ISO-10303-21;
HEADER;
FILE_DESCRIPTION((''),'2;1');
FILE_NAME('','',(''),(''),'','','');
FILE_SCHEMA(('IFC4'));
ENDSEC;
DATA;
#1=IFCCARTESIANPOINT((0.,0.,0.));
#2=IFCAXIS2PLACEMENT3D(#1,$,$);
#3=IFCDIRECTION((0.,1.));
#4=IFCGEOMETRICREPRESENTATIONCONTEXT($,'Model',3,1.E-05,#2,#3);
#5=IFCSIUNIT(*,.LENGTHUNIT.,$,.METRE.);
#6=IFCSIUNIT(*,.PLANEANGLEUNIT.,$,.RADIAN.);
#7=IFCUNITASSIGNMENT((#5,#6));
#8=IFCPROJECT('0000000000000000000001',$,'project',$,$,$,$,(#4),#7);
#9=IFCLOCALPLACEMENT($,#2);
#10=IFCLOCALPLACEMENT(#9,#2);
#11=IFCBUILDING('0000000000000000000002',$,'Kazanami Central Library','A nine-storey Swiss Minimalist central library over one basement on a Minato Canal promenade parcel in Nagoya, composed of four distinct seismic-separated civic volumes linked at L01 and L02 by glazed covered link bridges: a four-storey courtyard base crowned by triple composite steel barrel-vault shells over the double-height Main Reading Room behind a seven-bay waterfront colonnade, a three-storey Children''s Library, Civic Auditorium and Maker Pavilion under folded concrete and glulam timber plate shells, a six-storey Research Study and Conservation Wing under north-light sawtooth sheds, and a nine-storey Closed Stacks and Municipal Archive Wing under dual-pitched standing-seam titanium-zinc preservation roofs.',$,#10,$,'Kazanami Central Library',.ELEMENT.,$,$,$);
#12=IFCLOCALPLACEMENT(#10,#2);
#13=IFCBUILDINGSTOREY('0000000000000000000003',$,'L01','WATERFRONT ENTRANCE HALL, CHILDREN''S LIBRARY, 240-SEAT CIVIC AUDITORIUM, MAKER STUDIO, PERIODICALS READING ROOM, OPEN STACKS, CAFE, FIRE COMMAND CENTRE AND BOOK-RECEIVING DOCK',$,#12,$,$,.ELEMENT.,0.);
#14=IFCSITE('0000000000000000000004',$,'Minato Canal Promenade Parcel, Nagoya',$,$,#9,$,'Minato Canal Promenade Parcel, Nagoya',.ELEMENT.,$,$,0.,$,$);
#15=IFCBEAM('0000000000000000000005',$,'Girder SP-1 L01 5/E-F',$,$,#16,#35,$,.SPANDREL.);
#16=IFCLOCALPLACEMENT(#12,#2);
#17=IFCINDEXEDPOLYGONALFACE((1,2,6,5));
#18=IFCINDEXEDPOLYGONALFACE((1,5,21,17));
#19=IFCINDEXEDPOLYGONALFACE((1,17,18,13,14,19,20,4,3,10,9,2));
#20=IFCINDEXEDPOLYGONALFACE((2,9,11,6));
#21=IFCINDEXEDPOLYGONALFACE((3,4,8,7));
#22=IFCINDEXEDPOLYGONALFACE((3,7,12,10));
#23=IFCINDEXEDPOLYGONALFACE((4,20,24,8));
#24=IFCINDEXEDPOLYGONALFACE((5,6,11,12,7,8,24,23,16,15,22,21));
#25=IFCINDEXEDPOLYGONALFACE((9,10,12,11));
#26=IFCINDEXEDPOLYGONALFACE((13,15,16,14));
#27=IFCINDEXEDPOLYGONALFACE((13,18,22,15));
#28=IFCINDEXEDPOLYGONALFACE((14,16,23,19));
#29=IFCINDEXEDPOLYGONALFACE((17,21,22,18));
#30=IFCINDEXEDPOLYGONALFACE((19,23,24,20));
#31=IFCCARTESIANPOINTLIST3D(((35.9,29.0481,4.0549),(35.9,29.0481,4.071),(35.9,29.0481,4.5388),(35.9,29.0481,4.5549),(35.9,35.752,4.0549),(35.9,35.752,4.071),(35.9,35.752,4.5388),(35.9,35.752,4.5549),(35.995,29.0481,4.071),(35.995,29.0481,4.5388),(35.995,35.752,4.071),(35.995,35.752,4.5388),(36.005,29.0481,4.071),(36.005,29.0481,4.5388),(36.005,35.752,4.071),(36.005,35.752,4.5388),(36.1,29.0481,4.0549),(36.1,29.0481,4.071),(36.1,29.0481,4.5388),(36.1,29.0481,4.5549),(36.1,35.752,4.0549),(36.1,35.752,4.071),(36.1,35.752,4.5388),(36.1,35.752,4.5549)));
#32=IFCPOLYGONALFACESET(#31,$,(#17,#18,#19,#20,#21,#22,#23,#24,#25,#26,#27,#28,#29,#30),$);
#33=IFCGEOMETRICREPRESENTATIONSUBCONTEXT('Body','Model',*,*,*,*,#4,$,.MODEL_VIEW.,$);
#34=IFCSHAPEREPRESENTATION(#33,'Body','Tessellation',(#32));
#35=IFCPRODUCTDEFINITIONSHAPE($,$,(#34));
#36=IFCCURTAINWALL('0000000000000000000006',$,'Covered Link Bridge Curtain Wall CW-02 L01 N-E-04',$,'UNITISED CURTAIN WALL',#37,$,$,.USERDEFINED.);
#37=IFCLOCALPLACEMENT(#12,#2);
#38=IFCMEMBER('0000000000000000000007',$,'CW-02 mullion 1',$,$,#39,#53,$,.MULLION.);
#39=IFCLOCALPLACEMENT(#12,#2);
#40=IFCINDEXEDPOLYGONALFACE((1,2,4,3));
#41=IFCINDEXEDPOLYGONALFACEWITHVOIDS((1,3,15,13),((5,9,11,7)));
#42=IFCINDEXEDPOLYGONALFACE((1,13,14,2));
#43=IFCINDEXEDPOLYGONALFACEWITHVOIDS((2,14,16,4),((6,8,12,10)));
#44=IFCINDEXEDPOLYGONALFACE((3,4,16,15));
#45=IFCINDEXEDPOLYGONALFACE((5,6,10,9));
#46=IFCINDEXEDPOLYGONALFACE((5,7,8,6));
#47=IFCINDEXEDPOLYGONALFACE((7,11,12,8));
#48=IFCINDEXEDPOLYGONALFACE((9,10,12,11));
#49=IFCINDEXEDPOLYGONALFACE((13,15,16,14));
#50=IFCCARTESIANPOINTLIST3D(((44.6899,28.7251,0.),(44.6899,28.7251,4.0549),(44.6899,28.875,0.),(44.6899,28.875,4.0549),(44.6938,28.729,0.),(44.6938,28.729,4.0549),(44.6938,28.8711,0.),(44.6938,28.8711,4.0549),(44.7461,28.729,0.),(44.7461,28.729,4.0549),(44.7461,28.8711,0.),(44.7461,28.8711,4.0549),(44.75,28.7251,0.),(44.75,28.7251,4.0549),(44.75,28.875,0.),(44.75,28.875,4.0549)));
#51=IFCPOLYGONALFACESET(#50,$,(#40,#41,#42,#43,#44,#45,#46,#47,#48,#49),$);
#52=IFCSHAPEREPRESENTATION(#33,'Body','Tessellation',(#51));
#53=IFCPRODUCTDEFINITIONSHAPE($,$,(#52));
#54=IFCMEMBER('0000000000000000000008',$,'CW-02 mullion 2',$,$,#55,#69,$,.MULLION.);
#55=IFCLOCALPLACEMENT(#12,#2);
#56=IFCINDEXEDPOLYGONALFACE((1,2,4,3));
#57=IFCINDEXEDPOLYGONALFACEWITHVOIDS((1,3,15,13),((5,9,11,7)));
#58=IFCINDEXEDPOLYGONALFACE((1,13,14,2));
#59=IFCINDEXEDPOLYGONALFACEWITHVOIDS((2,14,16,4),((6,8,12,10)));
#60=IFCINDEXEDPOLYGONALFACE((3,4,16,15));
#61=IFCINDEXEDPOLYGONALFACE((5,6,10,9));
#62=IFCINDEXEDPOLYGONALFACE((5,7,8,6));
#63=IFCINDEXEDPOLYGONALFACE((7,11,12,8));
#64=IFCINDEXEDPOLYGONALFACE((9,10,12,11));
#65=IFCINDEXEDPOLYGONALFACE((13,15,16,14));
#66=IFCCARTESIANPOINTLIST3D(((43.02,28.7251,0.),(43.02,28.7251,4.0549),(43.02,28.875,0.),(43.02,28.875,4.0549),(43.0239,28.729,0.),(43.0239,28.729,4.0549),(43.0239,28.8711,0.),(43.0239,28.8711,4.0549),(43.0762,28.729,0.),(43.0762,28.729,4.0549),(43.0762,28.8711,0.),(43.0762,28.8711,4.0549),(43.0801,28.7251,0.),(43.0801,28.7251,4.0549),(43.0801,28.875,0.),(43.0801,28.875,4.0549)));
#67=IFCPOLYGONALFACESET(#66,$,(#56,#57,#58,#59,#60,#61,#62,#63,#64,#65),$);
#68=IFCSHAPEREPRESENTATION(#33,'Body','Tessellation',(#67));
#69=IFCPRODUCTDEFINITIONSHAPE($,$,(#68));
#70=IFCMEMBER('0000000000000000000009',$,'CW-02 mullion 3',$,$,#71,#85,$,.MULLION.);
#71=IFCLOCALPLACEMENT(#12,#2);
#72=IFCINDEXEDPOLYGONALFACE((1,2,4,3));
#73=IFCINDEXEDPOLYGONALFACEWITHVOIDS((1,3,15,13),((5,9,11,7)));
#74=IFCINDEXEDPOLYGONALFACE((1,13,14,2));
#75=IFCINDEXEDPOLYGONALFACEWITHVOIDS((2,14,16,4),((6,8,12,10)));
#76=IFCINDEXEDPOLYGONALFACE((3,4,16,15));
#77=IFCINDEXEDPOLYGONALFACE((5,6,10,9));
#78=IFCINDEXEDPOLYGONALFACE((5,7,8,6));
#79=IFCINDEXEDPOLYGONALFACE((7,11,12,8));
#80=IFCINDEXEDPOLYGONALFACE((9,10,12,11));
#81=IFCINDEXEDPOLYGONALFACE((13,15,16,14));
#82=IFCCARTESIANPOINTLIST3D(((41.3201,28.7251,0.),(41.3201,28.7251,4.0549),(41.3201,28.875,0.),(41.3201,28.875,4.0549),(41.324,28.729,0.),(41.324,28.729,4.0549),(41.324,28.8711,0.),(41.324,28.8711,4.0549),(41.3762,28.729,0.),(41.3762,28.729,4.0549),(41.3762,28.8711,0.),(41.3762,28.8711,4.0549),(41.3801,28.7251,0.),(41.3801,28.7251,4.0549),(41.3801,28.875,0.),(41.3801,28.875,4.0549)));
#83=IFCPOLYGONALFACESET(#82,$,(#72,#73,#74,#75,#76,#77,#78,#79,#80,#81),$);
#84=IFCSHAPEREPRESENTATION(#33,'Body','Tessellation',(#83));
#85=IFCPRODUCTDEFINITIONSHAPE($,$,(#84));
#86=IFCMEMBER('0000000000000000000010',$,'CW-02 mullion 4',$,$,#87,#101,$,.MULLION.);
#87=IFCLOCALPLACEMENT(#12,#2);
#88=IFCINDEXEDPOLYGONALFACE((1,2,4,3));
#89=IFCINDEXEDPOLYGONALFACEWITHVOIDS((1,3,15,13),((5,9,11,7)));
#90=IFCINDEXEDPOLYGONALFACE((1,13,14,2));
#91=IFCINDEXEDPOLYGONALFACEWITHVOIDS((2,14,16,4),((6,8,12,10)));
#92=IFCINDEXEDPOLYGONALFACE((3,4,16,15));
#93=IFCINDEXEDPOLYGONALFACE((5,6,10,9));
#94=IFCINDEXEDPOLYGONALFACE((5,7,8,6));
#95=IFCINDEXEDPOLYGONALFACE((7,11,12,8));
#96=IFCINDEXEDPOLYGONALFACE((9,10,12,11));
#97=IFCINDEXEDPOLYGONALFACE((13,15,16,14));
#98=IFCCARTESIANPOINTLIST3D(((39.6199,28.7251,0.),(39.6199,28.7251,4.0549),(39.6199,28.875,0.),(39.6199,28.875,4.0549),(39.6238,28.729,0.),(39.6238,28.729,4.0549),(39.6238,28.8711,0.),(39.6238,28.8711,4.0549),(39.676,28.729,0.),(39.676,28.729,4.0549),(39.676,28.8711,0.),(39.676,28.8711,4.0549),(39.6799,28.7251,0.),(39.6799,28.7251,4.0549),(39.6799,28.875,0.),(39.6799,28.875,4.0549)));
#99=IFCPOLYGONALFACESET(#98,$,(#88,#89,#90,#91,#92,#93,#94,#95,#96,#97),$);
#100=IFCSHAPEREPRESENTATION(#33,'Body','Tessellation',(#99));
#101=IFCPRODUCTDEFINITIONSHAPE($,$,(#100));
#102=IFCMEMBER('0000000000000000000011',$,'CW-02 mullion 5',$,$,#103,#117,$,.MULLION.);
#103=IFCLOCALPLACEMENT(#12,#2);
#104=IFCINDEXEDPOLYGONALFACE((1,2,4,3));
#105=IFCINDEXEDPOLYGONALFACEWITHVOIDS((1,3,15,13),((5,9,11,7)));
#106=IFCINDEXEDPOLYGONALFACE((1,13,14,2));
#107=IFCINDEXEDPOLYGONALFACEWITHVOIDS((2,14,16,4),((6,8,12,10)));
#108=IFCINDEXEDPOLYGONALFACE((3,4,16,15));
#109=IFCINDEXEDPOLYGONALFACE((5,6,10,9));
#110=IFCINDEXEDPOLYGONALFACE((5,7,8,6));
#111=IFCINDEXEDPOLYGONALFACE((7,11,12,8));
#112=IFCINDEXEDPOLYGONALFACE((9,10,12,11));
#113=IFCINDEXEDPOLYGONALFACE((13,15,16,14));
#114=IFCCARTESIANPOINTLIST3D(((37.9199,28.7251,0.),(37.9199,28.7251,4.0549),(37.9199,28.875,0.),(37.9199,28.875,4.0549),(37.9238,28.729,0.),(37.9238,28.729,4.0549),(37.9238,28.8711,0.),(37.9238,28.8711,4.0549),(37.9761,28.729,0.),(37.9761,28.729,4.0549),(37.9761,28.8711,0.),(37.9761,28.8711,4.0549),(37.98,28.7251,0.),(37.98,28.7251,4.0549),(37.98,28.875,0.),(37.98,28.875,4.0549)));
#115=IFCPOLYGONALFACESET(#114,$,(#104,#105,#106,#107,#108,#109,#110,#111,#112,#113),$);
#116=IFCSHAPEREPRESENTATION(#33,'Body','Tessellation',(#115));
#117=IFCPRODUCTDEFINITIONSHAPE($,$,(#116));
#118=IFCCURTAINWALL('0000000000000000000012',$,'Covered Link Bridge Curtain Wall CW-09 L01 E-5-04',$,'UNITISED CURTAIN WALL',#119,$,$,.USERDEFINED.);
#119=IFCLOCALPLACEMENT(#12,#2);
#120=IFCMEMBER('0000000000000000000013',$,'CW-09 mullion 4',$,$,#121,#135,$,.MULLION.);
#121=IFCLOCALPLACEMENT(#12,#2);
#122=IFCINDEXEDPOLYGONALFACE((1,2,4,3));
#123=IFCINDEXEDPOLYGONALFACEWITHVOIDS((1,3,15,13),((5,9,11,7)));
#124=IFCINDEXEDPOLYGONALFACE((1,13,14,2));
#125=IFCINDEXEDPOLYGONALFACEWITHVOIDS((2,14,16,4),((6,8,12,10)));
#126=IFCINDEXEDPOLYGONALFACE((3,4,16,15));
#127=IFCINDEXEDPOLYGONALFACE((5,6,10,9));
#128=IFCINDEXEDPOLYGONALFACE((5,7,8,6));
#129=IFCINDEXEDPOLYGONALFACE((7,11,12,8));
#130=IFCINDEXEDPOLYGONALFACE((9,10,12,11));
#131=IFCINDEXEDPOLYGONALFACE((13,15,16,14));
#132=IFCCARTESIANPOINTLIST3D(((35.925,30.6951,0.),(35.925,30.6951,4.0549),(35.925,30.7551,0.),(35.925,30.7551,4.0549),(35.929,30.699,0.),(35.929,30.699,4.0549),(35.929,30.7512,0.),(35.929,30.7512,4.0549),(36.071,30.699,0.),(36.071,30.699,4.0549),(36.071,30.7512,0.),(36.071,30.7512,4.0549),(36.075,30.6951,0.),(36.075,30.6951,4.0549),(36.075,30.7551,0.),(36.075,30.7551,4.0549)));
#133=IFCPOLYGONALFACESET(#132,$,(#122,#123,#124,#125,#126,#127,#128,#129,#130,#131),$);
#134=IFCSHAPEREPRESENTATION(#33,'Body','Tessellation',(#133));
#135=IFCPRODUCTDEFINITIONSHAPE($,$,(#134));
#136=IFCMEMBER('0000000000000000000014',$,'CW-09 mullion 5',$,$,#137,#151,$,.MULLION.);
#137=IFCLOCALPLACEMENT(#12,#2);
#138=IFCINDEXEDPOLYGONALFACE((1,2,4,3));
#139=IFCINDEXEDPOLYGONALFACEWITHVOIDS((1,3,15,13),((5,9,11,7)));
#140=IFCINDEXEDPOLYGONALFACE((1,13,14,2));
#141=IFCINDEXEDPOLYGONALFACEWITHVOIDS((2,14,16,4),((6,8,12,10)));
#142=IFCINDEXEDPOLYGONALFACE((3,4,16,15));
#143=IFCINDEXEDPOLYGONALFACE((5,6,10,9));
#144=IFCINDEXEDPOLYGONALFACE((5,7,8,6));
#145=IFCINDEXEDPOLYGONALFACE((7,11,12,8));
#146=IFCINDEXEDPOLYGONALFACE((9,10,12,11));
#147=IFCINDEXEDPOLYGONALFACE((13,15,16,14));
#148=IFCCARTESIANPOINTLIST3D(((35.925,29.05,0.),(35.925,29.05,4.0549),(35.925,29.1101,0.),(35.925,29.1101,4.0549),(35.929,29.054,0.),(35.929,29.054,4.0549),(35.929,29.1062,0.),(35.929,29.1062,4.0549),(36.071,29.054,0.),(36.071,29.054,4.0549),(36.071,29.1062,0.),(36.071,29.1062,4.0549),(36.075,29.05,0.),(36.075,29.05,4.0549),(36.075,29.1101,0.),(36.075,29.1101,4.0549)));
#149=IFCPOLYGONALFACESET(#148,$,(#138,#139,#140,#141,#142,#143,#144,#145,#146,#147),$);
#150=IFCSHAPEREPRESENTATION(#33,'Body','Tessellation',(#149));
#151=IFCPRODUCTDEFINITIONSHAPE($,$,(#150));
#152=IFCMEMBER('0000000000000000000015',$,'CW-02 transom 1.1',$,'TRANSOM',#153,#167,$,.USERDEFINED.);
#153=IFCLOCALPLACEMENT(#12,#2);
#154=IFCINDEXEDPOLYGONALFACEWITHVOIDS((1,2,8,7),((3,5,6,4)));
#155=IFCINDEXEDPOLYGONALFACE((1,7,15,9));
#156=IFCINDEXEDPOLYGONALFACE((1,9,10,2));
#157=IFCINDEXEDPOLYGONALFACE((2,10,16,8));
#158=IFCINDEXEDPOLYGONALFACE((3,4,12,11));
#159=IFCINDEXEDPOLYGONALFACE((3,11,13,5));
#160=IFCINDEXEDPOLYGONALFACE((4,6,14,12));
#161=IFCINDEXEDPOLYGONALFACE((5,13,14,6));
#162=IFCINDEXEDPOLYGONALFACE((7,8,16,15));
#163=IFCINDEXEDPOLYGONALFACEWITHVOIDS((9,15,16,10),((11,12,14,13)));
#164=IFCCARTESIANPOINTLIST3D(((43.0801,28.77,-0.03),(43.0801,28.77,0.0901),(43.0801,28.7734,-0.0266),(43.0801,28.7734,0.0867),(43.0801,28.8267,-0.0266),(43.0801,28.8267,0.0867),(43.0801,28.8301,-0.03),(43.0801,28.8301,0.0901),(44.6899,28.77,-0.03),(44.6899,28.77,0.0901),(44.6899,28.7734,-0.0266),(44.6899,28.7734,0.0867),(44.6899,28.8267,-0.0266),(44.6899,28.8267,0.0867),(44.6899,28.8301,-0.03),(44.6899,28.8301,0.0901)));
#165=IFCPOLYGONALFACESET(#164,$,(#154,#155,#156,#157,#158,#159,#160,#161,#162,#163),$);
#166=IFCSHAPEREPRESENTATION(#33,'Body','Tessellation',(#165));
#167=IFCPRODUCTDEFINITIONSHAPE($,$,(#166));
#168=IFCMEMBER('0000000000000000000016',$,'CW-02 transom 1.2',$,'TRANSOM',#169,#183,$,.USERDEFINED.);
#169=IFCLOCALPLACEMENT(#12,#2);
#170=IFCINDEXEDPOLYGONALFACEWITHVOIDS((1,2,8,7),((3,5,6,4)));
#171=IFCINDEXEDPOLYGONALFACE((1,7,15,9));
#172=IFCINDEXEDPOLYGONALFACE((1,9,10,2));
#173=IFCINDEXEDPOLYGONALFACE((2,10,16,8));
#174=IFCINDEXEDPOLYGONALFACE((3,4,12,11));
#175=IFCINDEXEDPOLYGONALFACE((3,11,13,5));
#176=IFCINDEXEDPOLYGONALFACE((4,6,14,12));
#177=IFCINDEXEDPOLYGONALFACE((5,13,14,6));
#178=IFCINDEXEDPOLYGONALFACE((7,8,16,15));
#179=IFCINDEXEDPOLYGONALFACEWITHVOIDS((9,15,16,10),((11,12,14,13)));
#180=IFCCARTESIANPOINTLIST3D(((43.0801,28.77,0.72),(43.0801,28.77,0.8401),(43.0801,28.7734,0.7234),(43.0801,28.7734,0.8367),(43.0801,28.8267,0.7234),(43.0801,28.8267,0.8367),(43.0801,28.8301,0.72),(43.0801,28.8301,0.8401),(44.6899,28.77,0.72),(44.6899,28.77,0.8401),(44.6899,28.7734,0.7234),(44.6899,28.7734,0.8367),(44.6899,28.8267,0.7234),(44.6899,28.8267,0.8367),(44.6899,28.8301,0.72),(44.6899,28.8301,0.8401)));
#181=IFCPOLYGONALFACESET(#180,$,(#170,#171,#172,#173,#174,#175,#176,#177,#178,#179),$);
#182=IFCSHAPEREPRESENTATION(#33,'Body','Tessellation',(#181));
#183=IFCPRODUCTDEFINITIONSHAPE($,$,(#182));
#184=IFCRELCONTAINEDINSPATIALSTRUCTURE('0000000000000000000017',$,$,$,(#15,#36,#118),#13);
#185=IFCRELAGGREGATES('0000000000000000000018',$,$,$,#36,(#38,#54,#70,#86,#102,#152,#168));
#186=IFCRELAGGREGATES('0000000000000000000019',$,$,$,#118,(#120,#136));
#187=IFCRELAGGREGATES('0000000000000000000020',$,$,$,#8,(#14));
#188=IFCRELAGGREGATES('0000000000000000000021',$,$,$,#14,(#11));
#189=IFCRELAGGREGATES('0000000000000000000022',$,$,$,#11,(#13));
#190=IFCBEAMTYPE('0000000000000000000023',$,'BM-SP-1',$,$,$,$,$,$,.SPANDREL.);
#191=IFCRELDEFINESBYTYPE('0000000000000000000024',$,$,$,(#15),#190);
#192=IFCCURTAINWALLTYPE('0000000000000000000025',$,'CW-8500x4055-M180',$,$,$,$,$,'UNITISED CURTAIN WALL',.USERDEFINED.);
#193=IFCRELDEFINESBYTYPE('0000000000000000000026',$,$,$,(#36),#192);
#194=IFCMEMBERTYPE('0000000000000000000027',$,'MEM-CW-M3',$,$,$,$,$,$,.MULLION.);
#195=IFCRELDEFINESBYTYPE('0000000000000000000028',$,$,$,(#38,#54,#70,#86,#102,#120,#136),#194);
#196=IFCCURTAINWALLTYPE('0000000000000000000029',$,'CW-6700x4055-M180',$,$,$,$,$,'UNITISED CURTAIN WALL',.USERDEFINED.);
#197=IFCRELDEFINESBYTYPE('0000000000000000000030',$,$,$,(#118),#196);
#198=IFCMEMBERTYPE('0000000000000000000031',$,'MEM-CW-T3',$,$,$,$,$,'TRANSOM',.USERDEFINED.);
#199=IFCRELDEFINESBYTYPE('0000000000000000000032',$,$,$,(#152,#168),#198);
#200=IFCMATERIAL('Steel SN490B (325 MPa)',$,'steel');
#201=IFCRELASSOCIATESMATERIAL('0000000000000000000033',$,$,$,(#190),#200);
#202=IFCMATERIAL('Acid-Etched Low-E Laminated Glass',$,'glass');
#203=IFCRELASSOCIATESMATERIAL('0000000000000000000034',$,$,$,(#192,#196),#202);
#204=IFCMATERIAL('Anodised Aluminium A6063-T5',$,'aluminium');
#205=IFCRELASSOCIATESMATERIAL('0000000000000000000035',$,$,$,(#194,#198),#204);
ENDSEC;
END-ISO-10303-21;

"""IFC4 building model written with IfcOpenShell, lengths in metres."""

from ifc_helpers import new_model, si_unit, direction, frame, origin, origin_2d, place, context, subcontext, project, spatial, hollow_rectangle, i_section, extrude, material, material_profile, profile_set, type_object, element, aggregate, save


model = new_model("IFC4")

# Units and contexts
model_context = context("Model", 3, precision=1e-05, world=origin(), true_north=direction((0.0, 1.0)))
body_context = subcontext(model_context, "Body", "Model", "MODEL_VIEW")
ifc_project = project(units=[si_unit("LENGTHUNIT", "METRE"), si_unit("PLANEANGLEUNIT", "RADIAN")], contexts=[model_context])

# Site, building, storey
site_placement = place(None, origin())
site = spatial("IfcSite", under=ifc_project, at=site_placement, Name="Minato Canal Promenade Parcel, Nagoya", LongName="Minato Canal Promenade Parcel, Nagoya", CompositionType="ELEMENT", RefElevation=0.0)
building_placement = place(site_placement, origin())
building = spatial("IfcBuilding", under=site, at=building_placement, Name="Kazanami Central Library", Description="A nine-storey Swiss Minimalist central library over one basement on a Minato Canal promenade parcel in Nagoya, composed of four distinct seismic-separated civic volumes linked at L01 and L02 by glazed covered link bridges: a four-storey courtyard base crowned by triple composite steel barrel-vault shells over the double-height Main Reading Room behind a seven-bay waterfront colonnade, a three-storey Children's Library, Civic Auditorium and Maker Pavilion under folded concrete and glulam timber plate shells, a six-storey Research Study and Conservation Wing under north-light sawtooth sheds, and a nine-storey Closed Stacks and Municipal Archive Wing under dual-pitched standing-seam titanium-zinc preservation roofs.", LongName="Kazanami Central Library", CompositionType="ELEMENT")
storey_placement = place(building_placement, origin())
storey = spatial("IfcBuildingStorey", under=building, at=storey_placement, Name="L01", Description="WATERFRONT ENTRANCE HALL, CHILDREN'S LIBRARY, 240-SEAT CIVIC AUDITORIUM, MAKER STUDIO, PERIODICALS READING ROOM, OPEN STACKS, CAFE, FIRE COMMAND CENTRE AND BOOK-RECEIVING DOCK", CompositionType="ELEMENT", Elevation=0.0)

# Beam
ifc_material_1 = material(Name="Steel SN490B (325 MPa)", Category="steel")
ifc_material_profile_1 = material_profile(ifc_material_1, i_section(OverallWidth=0.2, OverallDepth=0.5, WebThickness=0.01, FlangeThickness=0.0161, at=origin_2d()), Name="H-500x200x10x16")
ifc_profile_set_1 = profile_set([ifc_material_profile_1], Name="Steel SN490B (325 MPa)")
beam_type = type_object("IfcBeamType", Name="BM-SP-1", PredefinedType="SPANDREL", material=ifc_profile_set_1)
beam_placement = place(storey_placement, frame((36.0, 29.0481, 4.3049), z_axis=(0.0, 1.0, 0.0), x_axis=(-1.0, 0.0, 0.0)))
element("IfcBeam", 1, at=beam_placement, inside=storey, type_object=beam_type, Name="Girder SP-1 L01 5/E-F", PredefinedType="SPANDREL", context=body_context, shape_type="SweptSolid", body=[
    extrude(i_section(OverallWidth=0.2, OverallDepth=0.5, WebThickness=0.01, FlangeThickness=0.0161, at=origin_2d()), origin(), (0.0, 0.0, 1.0), 6.7039),
])

# Curtain walls, members
ifc_material_2 = material(Name="Acid-Etched Low-E Laminated Glass", Category="glass")
curtain_wall_type_1 = type_object("IfcCurtainWallType", Name="CW-8500x4055-M180", ElementType="UNITISED CURTAIN WALL", PredefinedType="USERDEFINED", material=ifc_material_2)
curtain_wall_1_placement = place(storey_placement, origin())
curtain_wall_1 = element("IfcCurtainWall", 2, at=curtain_wall_1_placement, inside=storey, type_object=curtain_wall_type_1, Name="Covered Link Bridge Curtain Wall CW-02 L01 N-E-04", ObjectType="UNITISED CURTAIN WALL", PredefinedType="USERDEFINED")
ifc_material_3 = material(Name="Anodised Aluminium A6063-T5", Category="aluminium")
ifc_material_profile_2 = material_profile(ifc_material_3, hollow_rectangle(XDim=0.0601, YDim=0.1499, WallThickness=0.0039, at=origin_2d()), Name="ALU-MULL-60x150x4")
ifc_profile_set_2 = profile_set([ifc_material_profile_2], Name="Anodised Aluminium A6063-T5")
member_type_1 = type_object("IfcMemberType", Name="MEM-CW-M3", PredefinedType="MULLION", material=ifc_profile_set_2)
member_1_placement = place(storey_placement, frame((44.72, 28.8, 0.0), z_axis=(0.0, 0.0, 1.0), x_axis=(-1.0, 0.0, 0.0)))
member_1 = element("IfcMember", 3, at=member_1_placement, type_object=member_type_1, Name="CW-02 mullion 1", PredefinedType="MULLION", context=body_context, shape_type="SweptSolid", body=[
    extrude(hollow_rectangle(XDim=0.0601, YDim=0.1499, WallThickness=0.0039, at=origin_2d()), origin(), (0.0, 0.0, 1.0), 4.0549),
])
member_2_placement = place(storey_placement, frame((43.05, 28.8, 0.0), z_axis=(0.0, 0.0, 1.0), x_axis=(-1.0, 0.0, 0.0)))
member_2 = element("IfcMember", 4, at=member_2_placement, type_object=member_type_1, Name="CW-02 mullion 2", PredefinedType="MULLION", context=body_context, shape_type="SweptSolid", body=[
    extrude(hollow_rectangle(XDim=0.0601, YDim=0.1499, WallThickness=0.0039, at=origin_2d()), origin(), (0.0, 0.0, 1.0), 4.0549),
])
member_3_placement = place(storey_placement, frame((41.3501, 28.8, 0.0), z_axis=(0.0, 0.0, 1.0), x_axis=(-1.0, 0.0, 0.0)))
member_3 = element("IfcMember", 5, at=member_3_placement, type_object=member_type_1, Name="CW-02 mullion 3", PredefinedType="MULLION", context=body_context, shape_type="SweptSolid", body=[
    extrude(hollow_rectangle(XDim=0.0601, YDim=0.1499, WallThickness=0.0039, at=origin_2d()), origin(), (0.0, 0.0, 1.0), 4.0549),
])
member_4_placement = place(storey_placement, frame((39.6499, 28.8, 0.0), z_axis=(0.0, 0.0, 1.0), x_axis=(-1.0, 0.0, 0.0)))
member_4 = element("IfcMember", 6, at=member_4_placement, type_object=member_type_1, Name="CW-02 mullion 4", PredefinedType="MULLION", context=body_context, shape_type="SweptSolid", body=[
    extrude(hollow_rectangle(XDim=0.0601, YDim=0.1499, WallThickness=0.0039, at=origin_2d()), origin(), (0.0, 0.0, 1.0), 4.0549),
])
member_5_placement = place(storey_placement, frame((37.95, 28.8, 0.0), z_axis=(0.0, 0.0, 1.0), x_axis=(-1.0, 0.0, 0.0)))
member_5 = element("IfcMember", 7, at=member_5_placement, type_object=member_type_1, Name="CW-02 mullion 5", PredefinedType="MULLION", context=body_context, shape_type="SweptSolid", body=[
    extrude(hollow_rectangle(XDim=0.0601, YDim=0.1499, WallThickness=0.0039, at=origin_2d()), origin(), (0.0, 0.0, 1.0), 4.0549),
])
curtain_wall_type_2 = type_object("IfcCurtainWallType", Name="CW-6700x4055-M180", ElementType="UNITISED CURTAIN WALL", PredefinedType="USERDEFINED", material=ifc_material_2)
curtain_wall_2_placement = place(storey_placement, origin())
curtain_wall_2 = element("IfcCurtainWall", 8, at=curtain_wall_2_placement, inside=storey, type_object=curtain_wall_type_2, Name="Covered Link Bridge Curtain Wall CW-09 L01 E-5-04", ObjectType="UNITISED CURTAIN WALL", PredefinedType="USERDEFINED")
member_6_placement = place(storey_placement, frame((36.0, 30.7251, 0.0), z_axis=(0.0, 0.0, 1.0), x_axis=(0.0, -1.0, 0.0)))
member_6 = element("IfcMember", 9, at=member_6_placement, type_object=member_type_1, Name="CW-09 mullion 4", PredefinedType="MULLION", context=body_context, shape_type="SweptSolid", body=[
    extrude(hollow_rectangle(XDim=0.0601, YDim=0.1499, WallThickness=0.0039, at=origin_2d()), origin(), (0.0, 0.0, 1.0), 4.0549),
])
member_7_placement = place(storey_placement, frame((36.0, 29.0801, 0.0), z_axis=(0.0, 0.0, 1.0), x_axis=(0.0, -1.0, 0.0)))
member_7 = element("IfcMember", 10, at=member_7_placement, type_object=member_type_1, Name="CW-09 mullion 5", PredefinedType="MULLION", context=body_context, shape_type="SweptSolid", body=[
    extrude(hollow_rectangle(XDim=0.0601, YDim=0.1499, WallThickness=0.0039, at=origin_2d()), origin(), (0.0, 0.0, 1.0), 4.0549),
])

# Members
ifc_material_profile_3 = material_profile(ifc_material_3, hollow_rectangle(XDim=0.0601, YDim=0.1201, WallThickness=0.0034, at=origin_2d()), Name="ALU-TRAN-60x120x3.5")
ifc_profile_set_3 = profile_set([ifc_material_profile_3], Name="Anodised Aluminium A6063-T5")
member_type_2 = type_object("IfcMemberType", Name="MEM-CW-T3", ElementType="TRANSOM", PredefinedType="USERDEFINED", material=ifc_profile_set_3)
member_8_placement = place(storey_placement, frame((44.6899, 28.8, 0.03), z_axis=(-1.0, 0.0, 0.0), x_axis=(0.0, -1.0, 0.0)))
member_8 = element("IfcMember", 11, at=member_8_placement, type_object=member_type_2, Name="CW-02 transom 1.1", ObjectType="TRANSOM", PredefinedType="USERDEFINED", context=body_context, shape_type="SweptSolid", body=[
    extrude(hollow_rectangle(XDim=0.0601, YDim=0.1201, WallThickness=0.0034, at=origin_2d()), origin(), (0.0, 0.0, 1.0), 1.6099),
])
member_9_placement = place(storey_placement, frame((44.6899, 28.8, 0.78), z_axis=(-1.0, 0.0, 0.0), x_axis=(0.0, -1.0, 0.0)))
member_9 = element("IfcMember", 12, at=member_9_placement, type_object=member_type_2, Name="CW-02 transom 1.2", ObjectType="TRANSOM", PredefinedType="USERDEFINED", context=body_context, shape_type="SweptSolid", body=[
    extrude(hollow_rectangle(XDim=0.0601, YDim=0.1201, WallThickness=0.0034, at=origin_2d()), origin(), (0.0, 0.0, 1.0), 1.6099),
])

aggregate(curtain_wall_1, [member_1, member_2, member_3, member_4, member_5, member_8, member_9])
aggregate(curtain_wall_2, [member_6, member_7])

save(model, "model.ifc")
